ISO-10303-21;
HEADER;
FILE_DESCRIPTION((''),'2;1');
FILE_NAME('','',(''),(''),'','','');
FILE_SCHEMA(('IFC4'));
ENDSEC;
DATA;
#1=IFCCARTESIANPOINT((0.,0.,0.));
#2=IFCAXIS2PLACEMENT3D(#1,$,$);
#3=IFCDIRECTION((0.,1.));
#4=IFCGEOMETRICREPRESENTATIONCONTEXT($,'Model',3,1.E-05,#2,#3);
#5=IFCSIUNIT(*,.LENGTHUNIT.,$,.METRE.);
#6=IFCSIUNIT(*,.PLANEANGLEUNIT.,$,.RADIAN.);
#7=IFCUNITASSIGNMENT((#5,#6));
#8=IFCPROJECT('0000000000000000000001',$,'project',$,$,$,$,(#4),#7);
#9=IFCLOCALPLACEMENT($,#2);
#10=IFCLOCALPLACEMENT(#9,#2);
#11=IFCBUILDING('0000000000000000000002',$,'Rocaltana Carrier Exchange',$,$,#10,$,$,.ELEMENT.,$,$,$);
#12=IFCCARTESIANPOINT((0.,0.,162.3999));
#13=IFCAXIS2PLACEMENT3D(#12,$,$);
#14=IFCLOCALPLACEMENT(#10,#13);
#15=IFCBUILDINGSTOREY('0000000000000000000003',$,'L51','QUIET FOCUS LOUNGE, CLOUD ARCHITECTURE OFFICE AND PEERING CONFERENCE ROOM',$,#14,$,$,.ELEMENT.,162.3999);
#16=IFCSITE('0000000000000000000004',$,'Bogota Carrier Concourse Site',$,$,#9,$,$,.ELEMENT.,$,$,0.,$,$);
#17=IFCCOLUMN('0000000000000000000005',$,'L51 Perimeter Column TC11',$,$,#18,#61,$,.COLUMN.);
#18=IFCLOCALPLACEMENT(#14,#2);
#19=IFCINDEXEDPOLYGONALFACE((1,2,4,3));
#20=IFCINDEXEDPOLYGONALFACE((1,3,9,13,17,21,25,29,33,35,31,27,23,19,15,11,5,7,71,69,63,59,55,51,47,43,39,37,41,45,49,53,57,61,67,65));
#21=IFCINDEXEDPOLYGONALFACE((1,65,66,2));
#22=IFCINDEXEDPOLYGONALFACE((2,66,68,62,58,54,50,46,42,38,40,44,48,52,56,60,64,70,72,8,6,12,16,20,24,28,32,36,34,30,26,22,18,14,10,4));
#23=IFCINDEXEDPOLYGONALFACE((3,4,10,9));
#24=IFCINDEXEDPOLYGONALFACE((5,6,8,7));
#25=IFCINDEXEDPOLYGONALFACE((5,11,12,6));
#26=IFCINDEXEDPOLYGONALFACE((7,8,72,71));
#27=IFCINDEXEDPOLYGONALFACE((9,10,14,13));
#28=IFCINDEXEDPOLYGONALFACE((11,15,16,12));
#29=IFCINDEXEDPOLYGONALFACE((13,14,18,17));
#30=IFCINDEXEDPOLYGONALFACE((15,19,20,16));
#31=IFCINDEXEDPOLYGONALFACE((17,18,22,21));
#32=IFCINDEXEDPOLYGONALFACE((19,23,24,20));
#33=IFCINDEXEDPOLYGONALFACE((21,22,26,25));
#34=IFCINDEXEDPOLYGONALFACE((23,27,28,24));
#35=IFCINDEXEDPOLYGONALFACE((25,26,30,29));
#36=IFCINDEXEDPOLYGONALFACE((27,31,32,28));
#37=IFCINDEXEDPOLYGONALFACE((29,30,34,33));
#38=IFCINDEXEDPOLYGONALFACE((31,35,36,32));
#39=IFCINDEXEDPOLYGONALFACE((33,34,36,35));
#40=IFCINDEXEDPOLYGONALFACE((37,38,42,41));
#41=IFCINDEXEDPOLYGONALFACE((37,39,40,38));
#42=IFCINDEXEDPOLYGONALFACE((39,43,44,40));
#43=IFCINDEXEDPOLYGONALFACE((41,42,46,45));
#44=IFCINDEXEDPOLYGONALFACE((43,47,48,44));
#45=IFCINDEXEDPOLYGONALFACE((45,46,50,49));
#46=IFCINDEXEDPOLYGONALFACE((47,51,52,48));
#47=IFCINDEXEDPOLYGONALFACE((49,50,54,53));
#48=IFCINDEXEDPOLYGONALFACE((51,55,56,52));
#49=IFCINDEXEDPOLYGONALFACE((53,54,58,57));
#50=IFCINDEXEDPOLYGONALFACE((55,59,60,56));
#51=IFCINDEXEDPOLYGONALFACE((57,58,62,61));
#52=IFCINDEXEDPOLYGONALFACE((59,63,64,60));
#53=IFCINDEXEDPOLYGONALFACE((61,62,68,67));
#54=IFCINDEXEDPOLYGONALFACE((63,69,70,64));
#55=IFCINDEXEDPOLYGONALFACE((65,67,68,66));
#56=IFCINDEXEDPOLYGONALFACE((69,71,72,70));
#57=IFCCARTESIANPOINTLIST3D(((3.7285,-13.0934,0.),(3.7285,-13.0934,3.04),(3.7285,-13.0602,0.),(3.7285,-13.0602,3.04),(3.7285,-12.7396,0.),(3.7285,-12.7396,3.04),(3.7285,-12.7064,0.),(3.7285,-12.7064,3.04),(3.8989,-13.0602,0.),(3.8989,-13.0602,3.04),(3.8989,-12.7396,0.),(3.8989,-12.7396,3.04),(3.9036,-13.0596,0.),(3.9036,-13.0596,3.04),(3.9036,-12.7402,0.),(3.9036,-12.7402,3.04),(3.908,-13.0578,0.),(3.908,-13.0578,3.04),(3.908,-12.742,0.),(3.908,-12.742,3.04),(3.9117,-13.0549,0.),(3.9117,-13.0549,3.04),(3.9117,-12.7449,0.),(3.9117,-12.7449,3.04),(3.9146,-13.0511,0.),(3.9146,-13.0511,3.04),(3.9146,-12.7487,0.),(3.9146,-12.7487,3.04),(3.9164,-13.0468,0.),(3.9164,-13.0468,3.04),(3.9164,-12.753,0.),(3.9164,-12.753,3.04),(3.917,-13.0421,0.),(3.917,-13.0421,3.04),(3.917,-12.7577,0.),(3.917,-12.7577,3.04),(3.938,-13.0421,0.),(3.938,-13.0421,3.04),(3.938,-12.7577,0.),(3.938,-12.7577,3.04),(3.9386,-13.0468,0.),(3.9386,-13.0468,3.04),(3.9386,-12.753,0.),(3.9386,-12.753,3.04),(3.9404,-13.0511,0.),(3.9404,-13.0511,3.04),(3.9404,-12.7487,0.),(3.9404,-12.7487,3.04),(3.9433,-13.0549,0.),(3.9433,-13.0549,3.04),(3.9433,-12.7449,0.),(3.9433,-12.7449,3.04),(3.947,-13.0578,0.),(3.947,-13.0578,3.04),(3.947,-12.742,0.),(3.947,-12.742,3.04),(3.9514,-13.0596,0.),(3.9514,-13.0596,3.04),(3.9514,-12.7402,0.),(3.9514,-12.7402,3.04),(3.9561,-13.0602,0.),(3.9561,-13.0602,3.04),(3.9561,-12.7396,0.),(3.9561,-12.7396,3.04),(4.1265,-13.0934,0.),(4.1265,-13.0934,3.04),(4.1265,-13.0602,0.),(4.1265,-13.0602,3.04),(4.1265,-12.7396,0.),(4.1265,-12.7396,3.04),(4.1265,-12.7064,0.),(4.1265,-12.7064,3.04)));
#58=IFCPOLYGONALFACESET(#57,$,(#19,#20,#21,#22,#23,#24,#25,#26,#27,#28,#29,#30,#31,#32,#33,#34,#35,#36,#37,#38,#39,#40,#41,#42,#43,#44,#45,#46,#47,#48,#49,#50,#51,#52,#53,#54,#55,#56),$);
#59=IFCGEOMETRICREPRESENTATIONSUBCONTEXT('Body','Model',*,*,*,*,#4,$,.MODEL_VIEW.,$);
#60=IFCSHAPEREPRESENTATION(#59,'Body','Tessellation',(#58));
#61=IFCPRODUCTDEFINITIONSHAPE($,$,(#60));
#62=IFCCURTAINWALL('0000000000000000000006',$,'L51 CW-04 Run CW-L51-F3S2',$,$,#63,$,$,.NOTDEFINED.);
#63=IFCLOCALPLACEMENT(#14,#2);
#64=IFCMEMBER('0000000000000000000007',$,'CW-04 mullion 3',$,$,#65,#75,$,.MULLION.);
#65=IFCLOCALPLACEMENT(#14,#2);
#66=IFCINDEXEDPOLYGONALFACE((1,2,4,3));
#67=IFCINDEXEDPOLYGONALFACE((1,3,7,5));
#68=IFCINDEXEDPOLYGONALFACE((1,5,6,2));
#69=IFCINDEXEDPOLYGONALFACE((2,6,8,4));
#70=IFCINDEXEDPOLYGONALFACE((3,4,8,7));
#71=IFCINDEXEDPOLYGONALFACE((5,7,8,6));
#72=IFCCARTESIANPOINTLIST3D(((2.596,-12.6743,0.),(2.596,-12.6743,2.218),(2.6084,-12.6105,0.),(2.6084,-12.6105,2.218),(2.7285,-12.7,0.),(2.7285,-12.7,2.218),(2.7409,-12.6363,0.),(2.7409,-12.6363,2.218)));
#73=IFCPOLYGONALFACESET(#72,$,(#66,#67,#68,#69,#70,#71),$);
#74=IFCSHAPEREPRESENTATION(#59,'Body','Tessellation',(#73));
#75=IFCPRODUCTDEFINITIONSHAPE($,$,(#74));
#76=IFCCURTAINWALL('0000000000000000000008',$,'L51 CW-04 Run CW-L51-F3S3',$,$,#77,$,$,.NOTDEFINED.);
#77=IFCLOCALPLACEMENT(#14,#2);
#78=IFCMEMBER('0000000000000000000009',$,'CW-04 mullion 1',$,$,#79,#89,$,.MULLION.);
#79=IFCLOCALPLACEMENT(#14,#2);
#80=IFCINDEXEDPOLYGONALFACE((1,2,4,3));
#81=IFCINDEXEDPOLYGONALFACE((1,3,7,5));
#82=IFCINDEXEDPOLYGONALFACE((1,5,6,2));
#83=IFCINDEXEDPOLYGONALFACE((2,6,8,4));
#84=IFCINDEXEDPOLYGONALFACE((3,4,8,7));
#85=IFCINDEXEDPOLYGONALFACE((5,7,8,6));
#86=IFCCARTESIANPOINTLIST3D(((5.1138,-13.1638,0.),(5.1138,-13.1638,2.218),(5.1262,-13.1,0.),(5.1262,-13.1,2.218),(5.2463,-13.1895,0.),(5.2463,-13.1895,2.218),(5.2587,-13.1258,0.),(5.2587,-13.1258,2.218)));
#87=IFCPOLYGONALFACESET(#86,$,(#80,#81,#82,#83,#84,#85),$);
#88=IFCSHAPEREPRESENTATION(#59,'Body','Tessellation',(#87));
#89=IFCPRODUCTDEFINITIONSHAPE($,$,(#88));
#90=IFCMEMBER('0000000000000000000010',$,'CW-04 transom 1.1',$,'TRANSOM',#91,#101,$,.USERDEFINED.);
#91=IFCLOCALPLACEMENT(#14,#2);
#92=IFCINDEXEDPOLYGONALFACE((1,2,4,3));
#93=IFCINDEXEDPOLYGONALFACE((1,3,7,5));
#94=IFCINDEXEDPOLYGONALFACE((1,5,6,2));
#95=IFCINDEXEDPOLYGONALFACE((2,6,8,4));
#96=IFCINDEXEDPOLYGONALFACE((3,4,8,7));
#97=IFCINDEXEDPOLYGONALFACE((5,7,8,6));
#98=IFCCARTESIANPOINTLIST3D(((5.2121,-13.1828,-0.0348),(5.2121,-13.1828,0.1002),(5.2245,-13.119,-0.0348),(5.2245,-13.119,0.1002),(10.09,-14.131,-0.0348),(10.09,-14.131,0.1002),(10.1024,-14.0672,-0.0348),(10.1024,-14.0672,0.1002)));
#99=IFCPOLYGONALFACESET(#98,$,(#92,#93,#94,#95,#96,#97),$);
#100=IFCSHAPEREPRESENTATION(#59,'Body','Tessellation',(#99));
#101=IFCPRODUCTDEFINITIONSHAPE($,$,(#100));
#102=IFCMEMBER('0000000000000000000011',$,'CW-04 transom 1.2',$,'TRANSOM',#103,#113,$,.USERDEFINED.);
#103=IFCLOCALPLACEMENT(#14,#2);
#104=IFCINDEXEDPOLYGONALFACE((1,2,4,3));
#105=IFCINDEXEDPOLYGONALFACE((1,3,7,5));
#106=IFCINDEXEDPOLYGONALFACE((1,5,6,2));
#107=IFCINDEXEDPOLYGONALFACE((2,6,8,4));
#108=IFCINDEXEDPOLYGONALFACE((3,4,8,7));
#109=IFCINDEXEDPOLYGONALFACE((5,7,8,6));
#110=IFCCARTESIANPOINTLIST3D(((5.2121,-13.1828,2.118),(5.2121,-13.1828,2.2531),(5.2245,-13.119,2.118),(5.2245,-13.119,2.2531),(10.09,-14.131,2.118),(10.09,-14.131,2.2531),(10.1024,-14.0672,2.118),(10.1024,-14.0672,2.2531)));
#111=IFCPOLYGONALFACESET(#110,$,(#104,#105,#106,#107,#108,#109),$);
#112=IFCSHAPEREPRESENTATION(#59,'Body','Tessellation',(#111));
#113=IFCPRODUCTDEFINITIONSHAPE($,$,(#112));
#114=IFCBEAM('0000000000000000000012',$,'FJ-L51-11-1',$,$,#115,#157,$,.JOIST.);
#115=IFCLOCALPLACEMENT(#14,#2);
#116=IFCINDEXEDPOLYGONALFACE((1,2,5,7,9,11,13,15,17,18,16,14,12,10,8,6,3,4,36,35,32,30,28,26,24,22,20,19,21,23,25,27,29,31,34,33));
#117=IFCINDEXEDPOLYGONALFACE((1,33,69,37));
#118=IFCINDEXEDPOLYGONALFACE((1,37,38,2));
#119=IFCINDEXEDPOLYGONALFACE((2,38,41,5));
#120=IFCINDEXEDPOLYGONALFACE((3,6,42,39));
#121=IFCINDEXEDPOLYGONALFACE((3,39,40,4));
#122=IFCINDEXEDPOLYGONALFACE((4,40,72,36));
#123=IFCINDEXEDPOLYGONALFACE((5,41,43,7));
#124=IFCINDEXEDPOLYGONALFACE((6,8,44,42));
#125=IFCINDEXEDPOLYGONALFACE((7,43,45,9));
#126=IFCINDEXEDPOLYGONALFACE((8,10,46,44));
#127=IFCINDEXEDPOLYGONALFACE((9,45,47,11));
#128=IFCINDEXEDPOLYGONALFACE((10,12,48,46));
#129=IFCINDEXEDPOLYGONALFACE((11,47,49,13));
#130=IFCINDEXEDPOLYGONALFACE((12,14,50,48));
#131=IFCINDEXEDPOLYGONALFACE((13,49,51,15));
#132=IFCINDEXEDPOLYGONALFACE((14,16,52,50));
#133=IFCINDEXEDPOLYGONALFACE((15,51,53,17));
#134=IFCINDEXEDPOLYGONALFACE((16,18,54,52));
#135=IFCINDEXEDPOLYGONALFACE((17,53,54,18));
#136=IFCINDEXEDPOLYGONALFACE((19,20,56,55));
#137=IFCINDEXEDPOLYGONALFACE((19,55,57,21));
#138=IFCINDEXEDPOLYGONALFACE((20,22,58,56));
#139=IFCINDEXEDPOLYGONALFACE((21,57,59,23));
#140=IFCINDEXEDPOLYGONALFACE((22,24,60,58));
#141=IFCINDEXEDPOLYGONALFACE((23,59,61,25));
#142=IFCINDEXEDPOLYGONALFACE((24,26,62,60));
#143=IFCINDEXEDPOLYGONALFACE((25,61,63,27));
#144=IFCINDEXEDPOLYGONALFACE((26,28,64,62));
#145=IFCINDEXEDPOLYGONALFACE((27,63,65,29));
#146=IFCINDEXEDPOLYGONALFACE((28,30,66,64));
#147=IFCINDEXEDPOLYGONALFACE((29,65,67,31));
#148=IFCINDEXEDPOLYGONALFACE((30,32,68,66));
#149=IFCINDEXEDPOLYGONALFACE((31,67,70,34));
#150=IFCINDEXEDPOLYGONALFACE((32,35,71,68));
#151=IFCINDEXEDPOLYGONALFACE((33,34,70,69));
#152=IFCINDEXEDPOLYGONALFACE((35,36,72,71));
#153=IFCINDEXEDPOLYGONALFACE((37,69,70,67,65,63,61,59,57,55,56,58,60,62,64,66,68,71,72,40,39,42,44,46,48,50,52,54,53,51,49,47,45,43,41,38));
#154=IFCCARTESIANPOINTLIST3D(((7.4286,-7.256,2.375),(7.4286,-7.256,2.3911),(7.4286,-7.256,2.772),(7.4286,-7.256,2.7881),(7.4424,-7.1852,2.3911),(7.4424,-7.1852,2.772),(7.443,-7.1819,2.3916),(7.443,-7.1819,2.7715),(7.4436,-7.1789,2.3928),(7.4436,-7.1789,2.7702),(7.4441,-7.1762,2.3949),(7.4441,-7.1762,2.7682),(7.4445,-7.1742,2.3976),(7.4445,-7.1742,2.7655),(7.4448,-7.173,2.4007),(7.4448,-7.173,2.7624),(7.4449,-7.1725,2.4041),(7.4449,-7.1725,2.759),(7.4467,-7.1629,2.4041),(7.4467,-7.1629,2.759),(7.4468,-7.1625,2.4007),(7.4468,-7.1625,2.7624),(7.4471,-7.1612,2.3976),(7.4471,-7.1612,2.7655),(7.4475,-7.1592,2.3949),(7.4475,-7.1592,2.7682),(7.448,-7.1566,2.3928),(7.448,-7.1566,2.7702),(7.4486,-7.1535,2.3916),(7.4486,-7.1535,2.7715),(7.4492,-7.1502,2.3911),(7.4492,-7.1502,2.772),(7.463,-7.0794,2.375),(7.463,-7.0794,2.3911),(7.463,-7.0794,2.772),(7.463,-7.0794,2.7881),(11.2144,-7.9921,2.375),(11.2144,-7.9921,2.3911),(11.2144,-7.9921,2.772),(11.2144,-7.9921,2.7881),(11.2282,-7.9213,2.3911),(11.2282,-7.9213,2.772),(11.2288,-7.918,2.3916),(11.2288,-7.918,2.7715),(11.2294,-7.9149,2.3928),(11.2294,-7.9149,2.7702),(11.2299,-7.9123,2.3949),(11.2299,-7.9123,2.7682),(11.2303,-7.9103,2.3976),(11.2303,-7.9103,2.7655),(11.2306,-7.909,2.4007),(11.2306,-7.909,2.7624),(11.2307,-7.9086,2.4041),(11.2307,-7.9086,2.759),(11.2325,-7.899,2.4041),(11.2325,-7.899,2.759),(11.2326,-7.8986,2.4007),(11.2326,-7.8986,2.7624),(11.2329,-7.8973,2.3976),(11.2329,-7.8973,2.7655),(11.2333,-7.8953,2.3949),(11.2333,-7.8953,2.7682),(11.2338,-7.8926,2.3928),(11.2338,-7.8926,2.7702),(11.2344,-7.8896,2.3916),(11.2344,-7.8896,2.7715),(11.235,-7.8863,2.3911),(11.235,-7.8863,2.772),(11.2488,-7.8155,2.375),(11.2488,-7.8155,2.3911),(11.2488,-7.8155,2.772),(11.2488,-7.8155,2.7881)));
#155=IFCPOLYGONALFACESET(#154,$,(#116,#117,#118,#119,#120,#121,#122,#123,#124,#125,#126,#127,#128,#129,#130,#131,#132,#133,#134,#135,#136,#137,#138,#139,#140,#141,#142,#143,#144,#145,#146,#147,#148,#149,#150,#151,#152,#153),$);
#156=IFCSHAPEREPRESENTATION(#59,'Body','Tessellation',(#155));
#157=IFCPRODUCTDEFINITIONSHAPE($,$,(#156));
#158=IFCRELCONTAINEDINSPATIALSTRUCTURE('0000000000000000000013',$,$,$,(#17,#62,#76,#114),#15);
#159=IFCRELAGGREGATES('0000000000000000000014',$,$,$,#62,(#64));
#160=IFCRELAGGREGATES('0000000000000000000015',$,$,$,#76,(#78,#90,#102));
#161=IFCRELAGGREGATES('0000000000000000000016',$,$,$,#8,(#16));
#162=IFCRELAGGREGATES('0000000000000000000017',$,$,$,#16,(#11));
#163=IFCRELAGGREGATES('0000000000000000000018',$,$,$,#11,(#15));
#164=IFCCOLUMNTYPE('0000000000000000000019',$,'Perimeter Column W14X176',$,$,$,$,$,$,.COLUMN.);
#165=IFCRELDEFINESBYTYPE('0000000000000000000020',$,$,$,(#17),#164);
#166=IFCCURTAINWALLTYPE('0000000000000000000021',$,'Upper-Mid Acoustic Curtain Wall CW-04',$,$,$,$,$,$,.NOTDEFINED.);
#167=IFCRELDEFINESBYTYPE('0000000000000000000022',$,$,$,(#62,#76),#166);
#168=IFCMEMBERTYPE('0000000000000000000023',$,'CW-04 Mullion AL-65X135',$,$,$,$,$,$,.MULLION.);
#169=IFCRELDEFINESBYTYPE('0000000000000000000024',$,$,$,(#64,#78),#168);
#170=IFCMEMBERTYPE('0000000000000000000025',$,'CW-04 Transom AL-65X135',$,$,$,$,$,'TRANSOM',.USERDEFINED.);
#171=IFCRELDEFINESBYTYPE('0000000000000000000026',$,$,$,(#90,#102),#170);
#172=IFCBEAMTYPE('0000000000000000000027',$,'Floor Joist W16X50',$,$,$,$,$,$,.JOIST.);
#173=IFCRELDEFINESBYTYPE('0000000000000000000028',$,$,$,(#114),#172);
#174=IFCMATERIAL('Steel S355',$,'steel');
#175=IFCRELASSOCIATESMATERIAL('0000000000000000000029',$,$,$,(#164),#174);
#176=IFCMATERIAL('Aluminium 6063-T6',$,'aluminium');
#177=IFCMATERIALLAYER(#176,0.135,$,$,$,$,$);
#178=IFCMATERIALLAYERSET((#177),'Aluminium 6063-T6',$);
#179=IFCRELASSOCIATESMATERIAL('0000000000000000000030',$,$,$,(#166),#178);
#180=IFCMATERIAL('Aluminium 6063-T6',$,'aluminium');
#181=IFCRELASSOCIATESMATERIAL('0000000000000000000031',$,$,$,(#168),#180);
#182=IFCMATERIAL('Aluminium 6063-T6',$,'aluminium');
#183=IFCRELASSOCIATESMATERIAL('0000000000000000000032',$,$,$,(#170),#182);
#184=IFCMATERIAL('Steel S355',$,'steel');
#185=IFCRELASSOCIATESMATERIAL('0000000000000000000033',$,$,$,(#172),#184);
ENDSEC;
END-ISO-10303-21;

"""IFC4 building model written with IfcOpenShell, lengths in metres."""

from ifc_helpers import new_model, si_unit, direction, frame, origin, origin_2d, place, context, subcontext, project, spatial, rectangle, i_section, extrude, material, layer, layer_set, material_profile, profile_set, type_object, element, aggregate, save


model = new_model("IFC4")

# Units and contexts
model_context = context("Model", 3, precision=1e-05, world=origin(), true_north=direction((0.0, 1.0)))
body_context = subcontext(model_context, "Body", "Model", "MODEL_VIEW")
ifc_project = project(units=[si_unit("LENGTHUNIT", "METRE"), si_unit("PLANEANGLEUNIT", "RADIAN")], contexts=[model_context])

# Site, building, storey
site_placement = place(None, origin())
site = spatial("IfcSite", under=ifc_project, at=site_placement, Name="Bogota Carrier Concourse Site", CompositionType="ELEMENT", RefElevation=0.0)
building_placement = place(site_placement, origin())
building = spatial("IfcBuilding", under=site, at=building_placement, Name="Rocaltana Carrier Exchange", CompositionType="ELEMENT")
storey_placement = place(building_placement, frame((0.0, 0.0, 162.3999)))
storey = spatial("IfcBuildingStorey", under=building, at=storey_placement, Name="L51", Description="QUIET FOCUS LOUNGE, CLOUD ARCHITECTURE OFFICE AND PEERING CONFERENCE ROOM", CompositionType="ELEMENT", Elevation=162.3999)

# Column
ifc_material_1 = material(Name="Steel S355", Category="steel")
ifc_material_profile_1 = material_profile(ifc_material_1, i_section(OverallWidth=0.3979, OverallDepth=0.387, WebThickness=0.021, FlangeThickness=0.0332, FilletRadius=0.0181, at=origin_2d()), Name="W14X176")
ifc_profile_set_1 = profile_set([ifc_material_profile_1], Name="Steel S355")
column_type = type_object("IfcColumnType", Name="Perimeter Column W14X176", PredefinedType="COLUMN", material=ifc_profile_set_1)
column_placement = place(storey_placement, frame((3.9275, -12.8999, 0.0), z_axis=(0.0, 0.0, 1.0), x_axis=(1.0, 0.0, 0.0)))
element("IfcColumn", 1, at=column_placement, inside=storey, type_object=column_type, Name="L51 Perimeter Column TC11", PredefinedType="COLUMN", context=body_context, shape_type="SweptSolid", body=[
    extrude(i_section(OverallWidth=0.3979, OverallDepth=0.387, WebThickness=0.021, FlangeThickness=0.0332, FilletRadius=0.0181, at=origin_2d()), origin(), (0.0, 0.0, 1.0), 3.04),
])

# Curtain wall, member
ifc_material_2 = material(Name="Aluminium 6063-T6", Category="aluminium")
ifc_layer_1 = layer(ifc_material_2, 0.135)
ifc_layer_set_1 = layer_set([ifc_layer_1], Name="Aluminium 6063-T6")
curtain_wall_type = type_object("IfcCurtainWallType", Name="Upper-Mid Acoustic Curtain Wall CW-04", PredefinedType="NOTDEFINED", material=ifc_layer_set_1)
curtain_wall_1_placement = place(storey_placement, origin())
curtain_wall_1 = element("IfcCurtainWall", 2, at=curtain_wall_1_placement, inside=storey, type_object=curtain_wall_type, Name="L51 CW-04 Run CW-L51-F3S2", PredefinedType="NOTDEFINED")
ifc_material_3 = material(Name="Aluminium 6063-T6", Category="aluminium")
ifc_material_profile_2 = material_profile(ifc_material_3, rectangle(XDim=0.0649, YDim=0.135, at=origin_2d()), Name="AL-65X135")
ifc_profile_set_2 = profile_set([ifc_material_profile_2], Name="Aluminium 6063-T6")
member_type_1 = type_object("IfcMemberType", Name="CW-04 Mullion AL-65X135", PredefinedType="MULLION", material=ifc_profile_set_2)
member_1_placement = place(storey_placement, frame((2.6685, -12.6553, 0.0), z_axis=(0.0, 0.0, 1.0), x_axis=(0.190815, 0.981626, 0.0)))
member_1 = element("IfcMember", 3, at=member_1_placement, type_object=member_type_1, Name="CW-04 mullion 3", PredefinedType="MULLION", context=body_context, shape_type="SweptSolid", body=[
    extrude(rectangle(XDim=0.0649, YDim=0.135, at=origin_2d()), origin(), (0.0, 0.0, 1.0), 2.218),
])

# Curtain wall, members
curtain_wall_2_placement = place(storey_placement, origin())
curtain_wall_2 = element("IfcCurtainWall", 4, at=curtain_wall_2_placement, inside=storey, type_object=curtain_wall_type, Name="L51 CW-04 Run CW-L51-F3S3", PredefinedType="NOTDEFINED")
member_2_placement = place(storey_placement, frame((5.1863, -13.1448, 0.0), z_axis=(0.0, 0.0, 1.0), x_axis=(0.190805, 0.981628, 0.0)))
member_2 = element("IfcMember", 5, at=member_2_placement, type_object=member_type_1, Name="CW-04 mullion 1", PredefinedType="MULLION", context=body_context, shape_type="SweptSolid", body=[
    extrude(rectangle(XDim=0.0649, YDim=0.135, at=origin_2d()), origin(), (0.0, 0.0, 1.0), 2.218),
])
ifc_material_4 = material(Name="Aluminium 6063-T6", Category="aluminium")
ifc_material_profile_3 = material_profile(ifc_material_4, rectangle(XDim=0.0649, YDim=0.135, at=origin_2d()), Name="AL-65X135")
ifc_profile_set_3 = profile_set([ifc_material_profile_3], Name="Aluminium 6063-T6")
member_type_2 = type_object("IfcMemberType", Name="CW-04 Transom AL-65X135", ElementType="TRANSOM", PredefinedType="USERDEFINED", material=ifc_profile_set_3)
member_3_placement = place(storey_placement, frame((5.2183, -13.1509, 0.0327), z_axis=(0.981625, -0.190822, 0.0), x_axis=(0.190822, 0.981625, 0.0)))
member_3 = element("IfcMember", 6, at=member_3_placement, type_object=member_type_2, Name="CW-04 transom 1.1", ObjectType="TRANSOM", PredefinedType="USERDEFINED", context=body_context, shape_type="SweptSolid", body=[
    extrude(rectangle(XDim=0.0649, YDim=0.135, at=origin_2d()), origin(), (0.0, 0.0, 1.0), 4.9692),
])
member_4_placement = place(storey_placement, frame((5.2183, -13.1509, 2.1855), z_axis=(0.981625, -0.190822, 0.0), x_axis=(0.190822, 0.981625, 0.0)))
member_4 = element("IfcMember", 7, at=member_4_placement, type_object=member_type_2, Name="CW-04 transom 1.2", ObjectType="TRANSOM", PredefinedType="USERDEFINED", context=body_context, shape_type="SweptSolid", body=[
    extrude(rectangle(XDim=0.0649, YDim=0.135, at=origin_2d()), origin(), (0.0, 0.0, 1.0), 4.9692),
])

# Beam
ifc_material_5 = material(Name="Steel S355", Category="steel")
ifc_material_profile_4 = material_profile(ifc_material_5, i_section(OverallWidth=0.1799, OverallDepth=0.4131, WebThickness=0.0098, FlangeThickness=0.0161, FilletRadius=0.0129, at=origin_2d()), Name="W16X50")
ifc_profile_set_4 = profile_set([ifc_material_profile_4], Name="Steel S355")
beam_type_1 = type_object("IfcBeamType", Name="Floor Joist W16X50", PredefinedType="JOIST", material=ifc_profile_set_4)
beam_1_placement = place(storey_placement, frame((7.4458, -7.1677, 2.5815), z_axis=(0.981618, -0.190854, 0.0), x_axis=(0.190854, 0.981618, 0.0)))
element("IfcBeam", 8, at=beam_1_placement, inside=storey, type_object=beam_type_1, Name="FJ-L51-11-1", PredefinedType="JOIST", context=body_context, shape_type="SweptSolid", body=[
    extrude(i_section(OverallWidth=0.1799, OverallDepth=0.4131, WebThickness=0.0098, FlangeThickness=0.0161, FilletRadius=0.0129, at=origin_2d()), origin(), (0.0, 0.0, 1.0), 3.8567),
])

aggregate(curtain_wall_1, [member_1])
aggregate(curtain_wall_2, [member_2, member_3, member_4])

save(model, "model.ifc")
